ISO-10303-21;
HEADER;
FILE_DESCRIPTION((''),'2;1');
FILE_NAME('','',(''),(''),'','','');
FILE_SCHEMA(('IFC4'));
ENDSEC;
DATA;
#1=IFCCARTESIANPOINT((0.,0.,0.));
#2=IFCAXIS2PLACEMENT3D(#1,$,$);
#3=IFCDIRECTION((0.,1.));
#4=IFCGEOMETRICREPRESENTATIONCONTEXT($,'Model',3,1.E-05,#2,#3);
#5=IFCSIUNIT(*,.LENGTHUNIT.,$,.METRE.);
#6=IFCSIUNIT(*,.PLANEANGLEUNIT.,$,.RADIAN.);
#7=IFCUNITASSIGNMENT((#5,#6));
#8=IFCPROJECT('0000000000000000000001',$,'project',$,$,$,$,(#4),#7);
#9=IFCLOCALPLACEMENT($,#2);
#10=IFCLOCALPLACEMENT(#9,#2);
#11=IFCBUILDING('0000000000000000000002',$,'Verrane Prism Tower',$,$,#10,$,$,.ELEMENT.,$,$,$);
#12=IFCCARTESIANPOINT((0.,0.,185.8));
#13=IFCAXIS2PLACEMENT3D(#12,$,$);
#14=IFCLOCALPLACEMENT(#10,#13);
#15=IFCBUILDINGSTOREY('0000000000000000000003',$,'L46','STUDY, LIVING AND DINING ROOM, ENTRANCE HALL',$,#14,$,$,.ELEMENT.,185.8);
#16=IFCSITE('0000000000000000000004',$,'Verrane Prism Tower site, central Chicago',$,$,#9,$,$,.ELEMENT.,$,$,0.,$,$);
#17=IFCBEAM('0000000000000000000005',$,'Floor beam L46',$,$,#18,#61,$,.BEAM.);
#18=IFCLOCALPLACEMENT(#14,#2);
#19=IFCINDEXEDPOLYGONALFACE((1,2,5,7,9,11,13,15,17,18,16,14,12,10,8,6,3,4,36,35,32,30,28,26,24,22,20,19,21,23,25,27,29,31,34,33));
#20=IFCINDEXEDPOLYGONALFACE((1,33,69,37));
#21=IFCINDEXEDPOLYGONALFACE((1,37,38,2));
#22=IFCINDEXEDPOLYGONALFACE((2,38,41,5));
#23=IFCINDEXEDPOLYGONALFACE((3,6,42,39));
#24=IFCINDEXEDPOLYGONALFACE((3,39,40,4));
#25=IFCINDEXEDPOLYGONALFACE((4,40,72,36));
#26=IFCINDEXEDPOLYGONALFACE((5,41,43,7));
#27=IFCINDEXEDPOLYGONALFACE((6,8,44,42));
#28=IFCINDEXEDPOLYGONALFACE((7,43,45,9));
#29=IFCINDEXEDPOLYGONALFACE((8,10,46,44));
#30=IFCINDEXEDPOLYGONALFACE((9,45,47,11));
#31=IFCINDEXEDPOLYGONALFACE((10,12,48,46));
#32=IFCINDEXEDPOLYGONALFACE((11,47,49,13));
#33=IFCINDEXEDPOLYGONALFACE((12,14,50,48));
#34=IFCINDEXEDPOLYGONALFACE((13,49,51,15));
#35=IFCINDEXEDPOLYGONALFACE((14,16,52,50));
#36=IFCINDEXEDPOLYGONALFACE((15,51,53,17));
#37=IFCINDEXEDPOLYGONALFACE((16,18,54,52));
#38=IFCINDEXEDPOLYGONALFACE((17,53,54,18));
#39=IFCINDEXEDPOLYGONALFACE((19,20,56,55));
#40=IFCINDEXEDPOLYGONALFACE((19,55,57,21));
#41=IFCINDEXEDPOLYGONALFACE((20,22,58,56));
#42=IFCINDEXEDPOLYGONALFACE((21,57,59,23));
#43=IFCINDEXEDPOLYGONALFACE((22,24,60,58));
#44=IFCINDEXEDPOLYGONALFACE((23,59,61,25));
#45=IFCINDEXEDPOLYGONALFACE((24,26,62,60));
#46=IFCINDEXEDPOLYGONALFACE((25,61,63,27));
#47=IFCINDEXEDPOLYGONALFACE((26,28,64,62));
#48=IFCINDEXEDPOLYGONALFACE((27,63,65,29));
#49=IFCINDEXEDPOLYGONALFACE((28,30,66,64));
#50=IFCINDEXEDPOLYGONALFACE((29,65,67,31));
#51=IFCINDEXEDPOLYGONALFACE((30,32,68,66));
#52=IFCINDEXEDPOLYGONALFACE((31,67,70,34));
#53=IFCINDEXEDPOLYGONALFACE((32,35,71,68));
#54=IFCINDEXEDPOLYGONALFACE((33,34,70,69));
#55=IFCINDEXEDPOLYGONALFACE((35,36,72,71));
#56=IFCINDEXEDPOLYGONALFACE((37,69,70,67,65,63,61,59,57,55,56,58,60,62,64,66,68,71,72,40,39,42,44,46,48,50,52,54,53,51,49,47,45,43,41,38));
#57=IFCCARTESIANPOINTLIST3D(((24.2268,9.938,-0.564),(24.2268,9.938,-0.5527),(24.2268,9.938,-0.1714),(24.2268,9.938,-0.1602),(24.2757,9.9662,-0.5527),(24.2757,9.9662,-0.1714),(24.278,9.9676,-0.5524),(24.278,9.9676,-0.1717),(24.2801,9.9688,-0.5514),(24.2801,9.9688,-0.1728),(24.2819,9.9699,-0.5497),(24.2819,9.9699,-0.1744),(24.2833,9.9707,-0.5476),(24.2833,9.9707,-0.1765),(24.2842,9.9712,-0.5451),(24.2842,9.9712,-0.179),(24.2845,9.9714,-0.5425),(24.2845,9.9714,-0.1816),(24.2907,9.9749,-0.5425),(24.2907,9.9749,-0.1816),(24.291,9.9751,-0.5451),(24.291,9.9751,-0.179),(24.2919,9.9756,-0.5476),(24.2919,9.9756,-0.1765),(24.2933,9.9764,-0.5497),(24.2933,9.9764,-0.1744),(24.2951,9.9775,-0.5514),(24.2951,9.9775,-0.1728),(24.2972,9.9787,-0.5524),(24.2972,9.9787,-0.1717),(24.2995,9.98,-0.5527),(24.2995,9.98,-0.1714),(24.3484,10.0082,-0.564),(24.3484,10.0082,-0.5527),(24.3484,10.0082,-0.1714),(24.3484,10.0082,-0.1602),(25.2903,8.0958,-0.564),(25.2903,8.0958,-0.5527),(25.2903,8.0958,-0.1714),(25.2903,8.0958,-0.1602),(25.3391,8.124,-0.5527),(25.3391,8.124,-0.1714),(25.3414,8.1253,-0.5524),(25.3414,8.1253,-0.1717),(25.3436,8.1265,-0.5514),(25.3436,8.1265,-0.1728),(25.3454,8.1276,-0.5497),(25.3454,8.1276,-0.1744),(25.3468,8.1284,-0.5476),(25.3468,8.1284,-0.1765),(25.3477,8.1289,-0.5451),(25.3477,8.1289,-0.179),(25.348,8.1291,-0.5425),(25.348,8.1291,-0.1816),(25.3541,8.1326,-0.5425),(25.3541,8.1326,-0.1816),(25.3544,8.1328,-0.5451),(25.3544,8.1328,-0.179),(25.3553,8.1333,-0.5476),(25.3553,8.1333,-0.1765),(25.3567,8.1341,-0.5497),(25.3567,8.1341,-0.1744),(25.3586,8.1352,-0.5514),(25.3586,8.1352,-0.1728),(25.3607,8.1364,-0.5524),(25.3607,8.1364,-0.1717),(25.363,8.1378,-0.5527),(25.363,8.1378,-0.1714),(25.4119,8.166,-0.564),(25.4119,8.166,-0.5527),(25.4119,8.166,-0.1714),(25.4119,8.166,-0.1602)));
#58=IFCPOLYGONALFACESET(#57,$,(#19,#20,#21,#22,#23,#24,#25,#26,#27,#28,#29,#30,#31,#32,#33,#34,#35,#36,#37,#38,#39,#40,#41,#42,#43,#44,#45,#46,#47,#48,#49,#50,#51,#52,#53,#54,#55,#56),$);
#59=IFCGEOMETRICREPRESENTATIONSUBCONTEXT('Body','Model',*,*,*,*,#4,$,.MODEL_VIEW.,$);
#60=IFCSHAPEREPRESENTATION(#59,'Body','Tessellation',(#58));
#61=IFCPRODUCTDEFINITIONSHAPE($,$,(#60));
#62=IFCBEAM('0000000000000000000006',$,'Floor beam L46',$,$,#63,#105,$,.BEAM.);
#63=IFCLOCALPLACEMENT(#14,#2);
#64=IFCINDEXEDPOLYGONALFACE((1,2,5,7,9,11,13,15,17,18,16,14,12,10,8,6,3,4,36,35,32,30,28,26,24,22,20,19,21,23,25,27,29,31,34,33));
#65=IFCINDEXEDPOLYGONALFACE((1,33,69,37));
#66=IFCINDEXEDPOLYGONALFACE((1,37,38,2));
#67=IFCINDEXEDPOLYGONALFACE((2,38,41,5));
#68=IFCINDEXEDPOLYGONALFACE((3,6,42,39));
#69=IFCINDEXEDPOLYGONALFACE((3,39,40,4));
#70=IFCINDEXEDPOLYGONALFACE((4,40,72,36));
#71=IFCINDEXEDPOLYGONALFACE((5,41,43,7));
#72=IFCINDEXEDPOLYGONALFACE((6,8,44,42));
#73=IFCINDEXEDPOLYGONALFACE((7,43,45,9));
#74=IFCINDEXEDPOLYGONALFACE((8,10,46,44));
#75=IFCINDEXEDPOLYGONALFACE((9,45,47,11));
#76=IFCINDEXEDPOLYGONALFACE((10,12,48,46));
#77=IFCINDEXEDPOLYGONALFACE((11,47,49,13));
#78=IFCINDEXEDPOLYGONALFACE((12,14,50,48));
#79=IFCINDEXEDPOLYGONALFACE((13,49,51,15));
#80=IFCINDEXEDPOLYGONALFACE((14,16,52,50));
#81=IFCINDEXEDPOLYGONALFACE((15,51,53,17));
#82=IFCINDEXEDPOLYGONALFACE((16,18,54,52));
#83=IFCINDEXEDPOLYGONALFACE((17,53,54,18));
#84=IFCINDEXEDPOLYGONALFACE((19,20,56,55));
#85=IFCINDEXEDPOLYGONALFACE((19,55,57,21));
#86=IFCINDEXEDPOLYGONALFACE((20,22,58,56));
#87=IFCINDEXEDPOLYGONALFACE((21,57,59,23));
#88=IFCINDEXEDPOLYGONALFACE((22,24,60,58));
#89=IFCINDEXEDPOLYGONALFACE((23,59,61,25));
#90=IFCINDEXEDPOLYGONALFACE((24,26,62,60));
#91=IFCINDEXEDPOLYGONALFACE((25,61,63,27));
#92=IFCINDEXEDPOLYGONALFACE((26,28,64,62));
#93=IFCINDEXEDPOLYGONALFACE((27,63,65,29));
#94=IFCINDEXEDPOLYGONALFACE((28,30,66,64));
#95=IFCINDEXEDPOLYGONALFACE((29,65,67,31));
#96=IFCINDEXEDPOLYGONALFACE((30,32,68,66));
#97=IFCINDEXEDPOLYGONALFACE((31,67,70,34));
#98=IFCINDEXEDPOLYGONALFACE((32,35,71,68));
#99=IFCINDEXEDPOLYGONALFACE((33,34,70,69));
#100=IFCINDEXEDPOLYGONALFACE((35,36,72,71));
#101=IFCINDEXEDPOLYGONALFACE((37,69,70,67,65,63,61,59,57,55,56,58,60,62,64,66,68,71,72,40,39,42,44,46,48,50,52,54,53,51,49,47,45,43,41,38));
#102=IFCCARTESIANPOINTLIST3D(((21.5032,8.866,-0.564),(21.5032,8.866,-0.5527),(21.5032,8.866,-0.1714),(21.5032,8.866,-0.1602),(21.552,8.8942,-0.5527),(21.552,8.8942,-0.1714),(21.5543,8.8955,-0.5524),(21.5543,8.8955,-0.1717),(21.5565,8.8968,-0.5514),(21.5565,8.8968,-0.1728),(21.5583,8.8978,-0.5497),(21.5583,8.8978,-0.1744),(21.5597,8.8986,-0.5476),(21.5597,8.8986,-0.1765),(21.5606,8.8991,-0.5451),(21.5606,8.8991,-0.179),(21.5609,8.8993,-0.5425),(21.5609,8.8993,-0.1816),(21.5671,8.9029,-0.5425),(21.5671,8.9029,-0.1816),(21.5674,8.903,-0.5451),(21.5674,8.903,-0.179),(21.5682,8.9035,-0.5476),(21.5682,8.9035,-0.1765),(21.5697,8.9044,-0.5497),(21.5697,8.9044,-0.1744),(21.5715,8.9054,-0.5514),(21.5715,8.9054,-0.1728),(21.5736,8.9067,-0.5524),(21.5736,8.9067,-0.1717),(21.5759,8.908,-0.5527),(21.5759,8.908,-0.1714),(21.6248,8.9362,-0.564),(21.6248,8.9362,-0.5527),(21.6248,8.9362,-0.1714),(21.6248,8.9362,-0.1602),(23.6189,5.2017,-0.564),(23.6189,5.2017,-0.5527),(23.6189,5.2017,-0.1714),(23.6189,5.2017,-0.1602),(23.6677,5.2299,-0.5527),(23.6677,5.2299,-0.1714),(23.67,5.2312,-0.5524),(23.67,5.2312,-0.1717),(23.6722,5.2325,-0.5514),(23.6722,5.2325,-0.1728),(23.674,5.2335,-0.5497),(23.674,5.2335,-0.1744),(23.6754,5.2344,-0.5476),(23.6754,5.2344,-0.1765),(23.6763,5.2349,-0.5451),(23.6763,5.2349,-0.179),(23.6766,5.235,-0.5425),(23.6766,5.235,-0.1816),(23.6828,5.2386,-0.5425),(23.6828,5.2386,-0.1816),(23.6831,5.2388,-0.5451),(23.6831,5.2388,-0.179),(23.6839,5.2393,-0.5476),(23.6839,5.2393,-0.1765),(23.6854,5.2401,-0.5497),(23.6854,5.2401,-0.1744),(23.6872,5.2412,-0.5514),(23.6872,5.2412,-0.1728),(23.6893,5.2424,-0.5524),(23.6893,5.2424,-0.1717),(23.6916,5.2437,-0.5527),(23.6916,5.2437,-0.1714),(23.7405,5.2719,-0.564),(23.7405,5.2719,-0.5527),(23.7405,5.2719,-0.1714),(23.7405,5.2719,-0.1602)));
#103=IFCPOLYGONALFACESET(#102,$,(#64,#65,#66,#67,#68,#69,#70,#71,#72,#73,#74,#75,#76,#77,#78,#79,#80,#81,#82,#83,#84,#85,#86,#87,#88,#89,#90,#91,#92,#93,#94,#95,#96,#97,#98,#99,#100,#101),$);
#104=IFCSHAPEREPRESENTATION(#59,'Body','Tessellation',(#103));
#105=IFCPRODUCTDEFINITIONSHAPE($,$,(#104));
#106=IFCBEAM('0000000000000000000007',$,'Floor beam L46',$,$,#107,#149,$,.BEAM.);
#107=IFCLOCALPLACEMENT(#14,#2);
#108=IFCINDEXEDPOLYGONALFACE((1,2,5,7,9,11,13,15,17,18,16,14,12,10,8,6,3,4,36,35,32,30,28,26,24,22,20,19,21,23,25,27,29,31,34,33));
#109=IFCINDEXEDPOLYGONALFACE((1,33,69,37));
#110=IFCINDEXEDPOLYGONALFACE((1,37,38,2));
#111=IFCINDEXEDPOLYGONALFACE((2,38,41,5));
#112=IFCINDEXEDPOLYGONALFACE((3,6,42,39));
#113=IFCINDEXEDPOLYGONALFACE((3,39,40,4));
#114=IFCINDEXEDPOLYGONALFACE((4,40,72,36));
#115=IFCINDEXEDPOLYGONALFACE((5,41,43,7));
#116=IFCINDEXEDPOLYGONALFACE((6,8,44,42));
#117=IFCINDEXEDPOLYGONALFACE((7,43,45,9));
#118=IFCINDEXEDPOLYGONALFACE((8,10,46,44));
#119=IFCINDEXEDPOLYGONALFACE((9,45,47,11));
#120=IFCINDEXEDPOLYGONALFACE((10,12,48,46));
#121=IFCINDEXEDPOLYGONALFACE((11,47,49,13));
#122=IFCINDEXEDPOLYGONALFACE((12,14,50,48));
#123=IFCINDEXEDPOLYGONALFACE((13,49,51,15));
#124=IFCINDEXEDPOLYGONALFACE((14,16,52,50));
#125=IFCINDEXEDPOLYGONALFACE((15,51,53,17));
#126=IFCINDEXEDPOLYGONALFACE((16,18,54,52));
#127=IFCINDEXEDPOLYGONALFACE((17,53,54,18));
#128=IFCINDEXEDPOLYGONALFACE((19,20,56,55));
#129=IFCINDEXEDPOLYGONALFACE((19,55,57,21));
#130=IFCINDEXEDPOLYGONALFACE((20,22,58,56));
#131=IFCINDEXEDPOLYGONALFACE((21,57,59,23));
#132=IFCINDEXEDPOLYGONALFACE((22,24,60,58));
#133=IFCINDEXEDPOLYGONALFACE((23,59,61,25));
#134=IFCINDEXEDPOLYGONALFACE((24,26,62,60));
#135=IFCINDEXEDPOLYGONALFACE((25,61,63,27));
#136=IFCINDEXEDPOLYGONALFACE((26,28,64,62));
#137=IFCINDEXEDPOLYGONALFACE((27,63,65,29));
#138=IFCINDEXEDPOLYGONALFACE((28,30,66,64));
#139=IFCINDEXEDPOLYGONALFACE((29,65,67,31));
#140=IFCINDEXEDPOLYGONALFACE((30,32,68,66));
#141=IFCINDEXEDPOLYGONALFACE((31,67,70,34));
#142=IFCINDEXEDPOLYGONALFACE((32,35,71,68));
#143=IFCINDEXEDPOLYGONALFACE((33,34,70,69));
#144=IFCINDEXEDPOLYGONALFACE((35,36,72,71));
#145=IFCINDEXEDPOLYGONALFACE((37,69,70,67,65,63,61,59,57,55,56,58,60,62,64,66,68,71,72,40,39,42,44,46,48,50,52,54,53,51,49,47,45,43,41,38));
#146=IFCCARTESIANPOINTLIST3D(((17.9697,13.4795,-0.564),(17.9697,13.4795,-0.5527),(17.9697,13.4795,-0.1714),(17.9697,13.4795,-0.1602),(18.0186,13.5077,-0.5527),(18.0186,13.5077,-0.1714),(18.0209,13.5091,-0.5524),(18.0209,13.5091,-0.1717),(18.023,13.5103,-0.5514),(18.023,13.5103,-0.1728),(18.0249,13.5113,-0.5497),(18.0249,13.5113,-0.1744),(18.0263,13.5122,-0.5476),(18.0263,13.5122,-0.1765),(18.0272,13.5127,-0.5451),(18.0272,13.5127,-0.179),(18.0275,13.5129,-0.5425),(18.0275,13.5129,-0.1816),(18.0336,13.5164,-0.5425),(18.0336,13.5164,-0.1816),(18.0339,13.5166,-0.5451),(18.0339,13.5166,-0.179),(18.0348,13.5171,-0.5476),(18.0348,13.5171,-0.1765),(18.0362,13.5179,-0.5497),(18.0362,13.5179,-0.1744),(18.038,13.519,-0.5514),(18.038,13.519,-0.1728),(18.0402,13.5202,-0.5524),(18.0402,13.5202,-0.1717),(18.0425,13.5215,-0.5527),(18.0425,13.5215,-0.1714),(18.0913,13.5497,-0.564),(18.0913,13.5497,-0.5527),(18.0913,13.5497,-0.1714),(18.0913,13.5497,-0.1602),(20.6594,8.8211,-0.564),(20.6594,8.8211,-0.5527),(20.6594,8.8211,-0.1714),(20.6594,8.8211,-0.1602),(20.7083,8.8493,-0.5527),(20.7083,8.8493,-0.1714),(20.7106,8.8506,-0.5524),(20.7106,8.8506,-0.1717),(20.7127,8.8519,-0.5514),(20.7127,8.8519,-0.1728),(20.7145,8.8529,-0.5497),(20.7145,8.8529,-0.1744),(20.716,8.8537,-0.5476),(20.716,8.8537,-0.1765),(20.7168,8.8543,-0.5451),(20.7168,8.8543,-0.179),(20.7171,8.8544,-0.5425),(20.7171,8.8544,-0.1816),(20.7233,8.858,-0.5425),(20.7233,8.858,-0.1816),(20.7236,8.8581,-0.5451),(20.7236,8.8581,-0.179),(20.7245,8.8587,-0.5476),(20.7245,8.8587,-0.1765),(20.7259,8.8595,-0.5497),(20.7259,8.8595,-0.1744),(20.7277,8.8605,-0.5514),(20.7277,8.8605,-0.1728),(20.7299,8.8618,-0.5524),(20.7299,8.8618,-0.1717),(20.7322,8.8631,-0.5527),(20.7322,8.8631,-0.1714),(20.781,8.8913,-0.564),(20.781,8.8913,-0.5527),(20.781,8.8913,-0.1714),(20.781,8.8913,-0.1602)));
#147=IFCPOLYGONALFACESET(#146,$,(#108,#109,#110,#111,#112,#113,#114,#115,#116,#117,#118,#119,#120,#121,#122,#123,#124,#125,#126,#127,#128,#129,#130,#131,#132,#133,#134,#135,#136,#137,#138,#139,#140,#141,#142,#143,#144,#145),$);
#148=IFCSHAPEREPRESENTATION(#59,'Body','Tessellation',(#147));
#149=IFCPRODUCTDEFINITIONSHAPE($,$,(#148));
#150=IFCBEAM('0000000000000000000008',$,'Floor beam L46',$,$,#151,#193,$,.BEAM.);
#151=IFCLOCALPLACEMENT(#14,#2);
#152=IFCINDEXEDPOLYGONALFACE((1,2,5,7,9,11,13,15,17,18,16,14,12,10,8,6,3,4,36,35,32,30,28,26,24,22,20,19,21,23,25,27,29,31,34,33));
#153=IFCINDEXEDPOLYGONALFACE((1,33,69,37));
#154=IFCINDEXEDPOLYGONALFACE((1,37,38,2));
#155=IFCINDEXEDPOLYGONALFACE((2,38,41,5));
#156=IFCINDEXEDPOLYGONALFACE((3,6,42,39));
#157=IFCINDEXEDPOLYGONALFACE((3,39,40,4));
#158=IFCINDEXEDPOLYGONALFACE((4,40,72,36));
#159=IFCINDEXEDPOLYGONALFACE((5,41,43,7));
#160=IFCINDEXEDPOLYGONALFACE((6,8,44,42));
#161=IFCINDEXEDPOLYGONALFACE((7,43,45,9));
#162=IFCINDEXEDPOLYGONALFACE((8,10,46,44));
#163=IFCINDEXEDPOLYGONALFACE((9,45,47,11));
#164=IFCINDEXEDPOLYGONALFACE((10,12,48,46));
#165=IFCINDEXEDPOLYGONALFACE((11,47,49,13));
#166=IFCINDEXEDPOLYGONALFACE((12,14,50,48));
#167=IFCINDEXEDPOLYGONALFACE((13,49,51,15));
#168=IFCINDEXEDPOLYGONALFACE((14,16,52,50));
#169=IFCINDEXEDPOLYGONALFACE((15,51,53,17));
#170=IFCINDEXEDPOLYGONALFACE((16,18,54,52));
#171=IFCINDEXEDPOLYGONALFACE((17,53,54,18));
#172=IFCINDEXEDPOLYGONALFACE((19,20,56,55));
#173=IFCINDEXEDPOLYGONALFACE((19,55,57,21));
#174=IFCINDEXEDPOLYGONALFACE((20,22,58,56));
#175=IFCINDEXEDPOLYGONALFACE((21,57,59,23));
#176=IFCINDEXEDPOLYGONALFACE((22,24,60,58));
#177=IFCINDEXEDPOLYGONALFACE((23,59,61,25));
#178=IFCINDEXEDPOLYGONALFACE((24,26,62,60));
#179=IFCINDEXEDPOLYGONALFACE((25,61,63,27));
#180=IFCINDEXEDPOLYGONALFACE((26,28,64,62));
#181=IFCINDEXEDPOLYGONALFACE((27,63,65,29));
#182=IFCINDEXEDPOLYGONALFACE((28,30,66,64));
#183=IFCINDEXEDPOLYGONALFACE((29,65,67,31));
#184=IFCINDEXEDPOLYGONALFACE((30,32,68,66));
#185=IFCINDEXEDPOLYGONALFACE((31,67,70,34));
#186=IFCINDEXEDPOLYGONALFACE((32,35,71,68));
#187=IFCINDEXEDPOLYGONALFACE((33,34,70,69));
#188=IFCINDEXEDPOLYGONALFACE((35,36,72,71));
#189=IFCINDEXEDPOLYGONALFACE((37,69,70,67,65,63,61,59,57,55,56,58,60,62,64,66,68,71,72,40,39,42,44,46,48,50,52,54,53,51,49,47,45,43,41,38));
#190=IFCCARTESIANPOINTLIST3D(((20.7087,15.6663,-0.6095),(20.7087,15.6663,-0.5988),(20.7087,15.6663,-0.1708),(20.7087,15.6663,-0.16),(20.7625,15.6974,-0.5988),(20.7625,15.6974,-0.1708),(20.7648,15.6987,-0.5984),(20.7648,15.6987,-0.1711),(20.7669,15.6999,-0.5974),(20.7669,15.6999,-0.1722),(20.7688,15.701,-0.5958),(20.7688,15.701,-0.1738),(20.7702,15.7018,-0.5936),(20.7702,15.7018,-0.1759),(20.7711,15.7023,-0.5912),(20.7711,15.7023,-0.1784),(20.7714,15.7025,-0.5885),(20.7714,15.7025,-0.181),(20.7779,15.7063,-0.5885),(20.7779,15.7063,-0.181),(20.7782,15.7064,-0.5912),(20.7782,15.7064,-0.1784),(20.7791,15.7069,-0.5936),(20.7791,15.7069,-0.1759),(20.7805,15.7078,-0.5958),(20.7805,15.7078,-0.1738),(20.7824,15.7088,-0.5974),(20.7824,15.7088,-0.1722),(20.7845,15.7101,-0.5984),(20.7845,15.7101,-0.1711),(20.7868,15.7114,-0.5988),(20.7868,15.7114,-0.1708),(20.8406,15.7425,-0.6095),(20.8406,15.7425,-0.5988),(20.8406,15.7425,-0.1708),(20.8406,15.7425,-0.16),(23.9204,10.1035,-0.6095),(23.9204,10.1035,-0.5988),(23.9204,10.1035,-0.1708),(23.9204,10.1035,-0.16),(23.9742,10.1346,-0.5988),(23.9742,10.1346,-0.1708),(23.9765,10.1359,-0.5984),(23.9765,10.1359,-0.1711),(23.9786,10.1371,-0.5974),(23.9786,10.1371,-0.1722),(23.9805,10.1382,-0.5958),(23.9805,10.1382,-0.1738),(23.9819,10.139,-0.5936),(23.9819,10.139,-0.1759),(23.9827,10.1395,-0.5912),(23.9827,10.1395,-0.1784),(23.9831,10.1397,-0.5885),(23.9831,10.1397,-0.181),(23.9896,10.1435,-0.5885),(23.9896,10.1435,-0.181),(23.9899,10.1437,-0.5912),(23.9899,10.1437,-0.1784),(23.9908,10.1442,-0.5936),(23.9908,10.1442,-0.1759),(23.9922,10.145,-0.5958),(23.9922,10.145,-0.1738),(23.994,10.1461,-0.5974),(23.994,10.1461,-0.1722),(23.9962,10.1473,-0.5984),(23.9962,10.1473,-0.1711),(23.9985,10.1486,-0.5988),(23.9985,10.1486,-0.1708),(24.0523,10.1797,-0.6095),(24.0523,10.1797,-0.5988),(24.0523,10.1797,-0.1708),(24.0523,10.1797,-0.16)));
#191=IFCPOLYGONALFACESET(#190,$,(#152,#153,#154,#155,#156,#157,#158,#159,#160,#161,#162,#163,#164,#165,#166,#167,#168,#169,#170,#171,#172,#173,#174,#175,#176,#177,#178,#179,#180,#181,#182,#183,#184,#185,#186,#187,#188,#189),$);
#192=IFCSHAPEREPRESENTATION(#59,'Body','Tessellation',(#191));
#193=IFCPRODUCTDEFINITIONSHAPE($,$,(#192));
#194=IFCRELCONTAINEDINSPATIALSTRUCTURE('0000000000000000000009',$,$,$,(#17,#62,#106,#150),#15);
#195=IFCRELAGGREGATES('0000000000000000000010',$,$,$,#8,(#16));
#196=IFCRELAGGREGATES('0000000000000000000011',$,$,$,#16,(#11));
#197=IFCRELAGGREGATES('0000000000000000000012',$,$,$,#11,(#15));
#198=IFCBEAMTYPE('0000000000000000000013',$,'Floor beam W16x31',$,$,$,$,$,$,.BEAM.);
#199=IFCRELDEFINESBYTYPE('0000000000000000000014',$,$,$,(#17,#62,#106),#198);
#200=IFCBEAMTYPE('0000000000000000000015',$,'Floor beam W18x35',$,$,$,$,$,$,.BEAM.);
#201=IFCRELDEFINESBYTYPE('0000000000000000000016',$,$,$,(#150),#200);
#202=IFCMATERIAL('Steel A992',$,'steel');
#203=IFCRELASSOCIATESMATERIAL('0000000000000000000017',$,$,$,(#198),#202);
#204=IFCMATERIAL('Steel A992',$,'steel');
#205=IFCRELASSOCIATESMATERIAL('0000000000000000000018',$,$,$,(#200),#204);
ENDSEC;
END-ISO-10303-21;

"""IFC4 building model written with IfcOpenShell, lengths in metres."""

from ifc_helpers import new_model, si_unit, direction, frame, origin, origin_2d, place, context, subcontext, project, spatial, i_section, extrude, material, material_profile, profile_set, type_object, element, save


model = new_model("IFC4")

# Units and contexts
model_context = context("Model", 3, precision=1e-05, world=origin(), true_north=direction((0.0, 1.0)))
body_context = subcontext(model_context, "Body", "Model", "MODEL_VIEW")
ifc_project = project(units=[si_unit("LENGTHUNIT", "METRE"), si_unit("PLANEANGLEUNIT", "RADIAN")], contexts=[model_context])

# Site, building, storey
site_placement = place(None, origin())
site = spatial("IfcSite", under=ifc_project, at=site_placement, Name="Verrane Prism Tower site, central Chicago", CompositionType="ELEMENT", RefElevation=0.0)
building_placement = place(site_placement, origin())
building = spatial("IfcBuilding", under=site, at=building_placement, Name="Verrane Prism Tower", CompositionType="ELEMENT")
storey_placement = place(building_placement, frame((0.0, 0.0, 185.8)))
storey = spatial("IfcBuildingStorey", under=building, at=storey_placement, Name="L46", Description="STUDY, LIVING AND DINING ROOM, ENTRANCE HALL", CompositionType="ELEMENT", Elevation=185.8)

# Beams
ifc_material_1 = material(Name="Steel A992", Category="steel")
ifc_material_profile_1 = material_profile(ifc_material_1, i_section(OverallWidth=0.1404, OverallDepth=0.4038, WebThickness=0.0071, FlangeThickness=0.0112, FilletRadius=0.0103, at=origin_2d()), Name="W16x31")
ifc_profile_set_1 = profile_set([ifc_material_profile_1], Name="Steel A992")
beam_type_1 = type_object("IfcBeamType", Name="Floor beam W16x31", PredefinedType="BEAM", material=ifc_profile_set_1)
beam_1_placement = place(storey_placement, frame((25.3511, 8.1309, -0.3621), z_axis=(-0.499941, 0.866059, 0.0), x_axis=(-0.866059, -0.499941, 0.0)))
element("IfcBeam", 1, at=beam_1_placement, inside=storey, type_object=beam_type_1, Name="Floor beam L46", PredefinedType="BEAM", context=body_context, shape_type="SweptSolid", body=[
    extrude(i_section(OverallWidth=0.1404, OverallDepth=0.4038, WebThickness=0.0071, FlangeThickness=0.0112, FilletRadius=0.0103, at=origin_2d()), origin(), (0.0, 0.0, 1.0), 2.1272),
])
beam_2_placement = place(storey_placement, frame((23.6797, 5.2368, -0.3621), z_axis=(-0.500024, 0.866012, 0.0), x_axis=(-0.866012, -0.500024, 0.0)))
element("IfcBeam", 2, at=beam_2_placement, inside=storey, type_object=beam_type_1, Name="Floor beam L46", PredefinedType="BEAM", context=body_context, shape_type="SweptSolid", body=[
    extrude(i_section(OverallWidth=0.1404, OverallDepth=0.4038, WebThickness=0.0071, FlangeThickness=0.0112, FilletRadius=0.0103, at=origin_2d()), origin(), (0.0, 0.0, 1.0), 4.2312),
])
beam_3_placement = place(storey_placement, frame((20.7202, 8.8562, -0.3621), z_axis=(-0.50002, 0.866014, 0.0), x_axis=(-0.866014, -0.50002, 0.0)))
element("IfcBeam", 3, at=beam_3_placement, inside=storey, type_object=beam_type_1, Name="Floor beam L46", PredefinedType="BEAM", context=body_context, shape_type="SweptSolid", body=[
    extrude(i_section(OverallWidth=0.1404, OverallDepth=0.4038, WebThickness=0.0071, FlangeThickness=0.0112, FilletRadius=0.0103, at=origin_2d()), origin(), (0.0, 0.0, 1.0), 5.3792),
])
ifc_material_2 = material(Name="Steel A992", Category="steel")
ifc_material_profile_2 = material_profile(ifc_material_2, i_section(OverallWidth=0.1523, OverallDepth=0.4495, WebThickness=0.0076, FlangeThickness=0.0107, FilletRadius=0.0103, at=origin_2d()), Name="W18x35")
ifc_profile_set_2 = profile_set([ifc_material_profile_2], Name="Steel A992")
beam_type_2 = type_object("IfcBeamType", Name="Floor beam W18x35", PredefinedType="BEAM", material=ifc_profile_set_2)
beam_4_placement = place(storey_placement, frame((23.9863, 10.1416, -0.3848), z_axis=(-0.500002, 0.866024, 0.0), x_axis=(-0.866024, -0.500002, 0.0)))
element("IfcBeam", 4, at=beam_4_placement, inside=storey, type_object=beam_type_2, Name="Floor beam L46", PredefinedType="BEAM", context=body_context, shape_type="SweptSolid", body=[
    extrude(i_section(OverallWidth=0.1523, OverallDepth=0.4495, WebThickness=0.0076, FlangeThickness=0.0107, FilletRadius=0.0103, at=origin_2d()), origin(), (0.0, 0.0, 1.0), 6.4233),
])

save(model, "model.ifc")
